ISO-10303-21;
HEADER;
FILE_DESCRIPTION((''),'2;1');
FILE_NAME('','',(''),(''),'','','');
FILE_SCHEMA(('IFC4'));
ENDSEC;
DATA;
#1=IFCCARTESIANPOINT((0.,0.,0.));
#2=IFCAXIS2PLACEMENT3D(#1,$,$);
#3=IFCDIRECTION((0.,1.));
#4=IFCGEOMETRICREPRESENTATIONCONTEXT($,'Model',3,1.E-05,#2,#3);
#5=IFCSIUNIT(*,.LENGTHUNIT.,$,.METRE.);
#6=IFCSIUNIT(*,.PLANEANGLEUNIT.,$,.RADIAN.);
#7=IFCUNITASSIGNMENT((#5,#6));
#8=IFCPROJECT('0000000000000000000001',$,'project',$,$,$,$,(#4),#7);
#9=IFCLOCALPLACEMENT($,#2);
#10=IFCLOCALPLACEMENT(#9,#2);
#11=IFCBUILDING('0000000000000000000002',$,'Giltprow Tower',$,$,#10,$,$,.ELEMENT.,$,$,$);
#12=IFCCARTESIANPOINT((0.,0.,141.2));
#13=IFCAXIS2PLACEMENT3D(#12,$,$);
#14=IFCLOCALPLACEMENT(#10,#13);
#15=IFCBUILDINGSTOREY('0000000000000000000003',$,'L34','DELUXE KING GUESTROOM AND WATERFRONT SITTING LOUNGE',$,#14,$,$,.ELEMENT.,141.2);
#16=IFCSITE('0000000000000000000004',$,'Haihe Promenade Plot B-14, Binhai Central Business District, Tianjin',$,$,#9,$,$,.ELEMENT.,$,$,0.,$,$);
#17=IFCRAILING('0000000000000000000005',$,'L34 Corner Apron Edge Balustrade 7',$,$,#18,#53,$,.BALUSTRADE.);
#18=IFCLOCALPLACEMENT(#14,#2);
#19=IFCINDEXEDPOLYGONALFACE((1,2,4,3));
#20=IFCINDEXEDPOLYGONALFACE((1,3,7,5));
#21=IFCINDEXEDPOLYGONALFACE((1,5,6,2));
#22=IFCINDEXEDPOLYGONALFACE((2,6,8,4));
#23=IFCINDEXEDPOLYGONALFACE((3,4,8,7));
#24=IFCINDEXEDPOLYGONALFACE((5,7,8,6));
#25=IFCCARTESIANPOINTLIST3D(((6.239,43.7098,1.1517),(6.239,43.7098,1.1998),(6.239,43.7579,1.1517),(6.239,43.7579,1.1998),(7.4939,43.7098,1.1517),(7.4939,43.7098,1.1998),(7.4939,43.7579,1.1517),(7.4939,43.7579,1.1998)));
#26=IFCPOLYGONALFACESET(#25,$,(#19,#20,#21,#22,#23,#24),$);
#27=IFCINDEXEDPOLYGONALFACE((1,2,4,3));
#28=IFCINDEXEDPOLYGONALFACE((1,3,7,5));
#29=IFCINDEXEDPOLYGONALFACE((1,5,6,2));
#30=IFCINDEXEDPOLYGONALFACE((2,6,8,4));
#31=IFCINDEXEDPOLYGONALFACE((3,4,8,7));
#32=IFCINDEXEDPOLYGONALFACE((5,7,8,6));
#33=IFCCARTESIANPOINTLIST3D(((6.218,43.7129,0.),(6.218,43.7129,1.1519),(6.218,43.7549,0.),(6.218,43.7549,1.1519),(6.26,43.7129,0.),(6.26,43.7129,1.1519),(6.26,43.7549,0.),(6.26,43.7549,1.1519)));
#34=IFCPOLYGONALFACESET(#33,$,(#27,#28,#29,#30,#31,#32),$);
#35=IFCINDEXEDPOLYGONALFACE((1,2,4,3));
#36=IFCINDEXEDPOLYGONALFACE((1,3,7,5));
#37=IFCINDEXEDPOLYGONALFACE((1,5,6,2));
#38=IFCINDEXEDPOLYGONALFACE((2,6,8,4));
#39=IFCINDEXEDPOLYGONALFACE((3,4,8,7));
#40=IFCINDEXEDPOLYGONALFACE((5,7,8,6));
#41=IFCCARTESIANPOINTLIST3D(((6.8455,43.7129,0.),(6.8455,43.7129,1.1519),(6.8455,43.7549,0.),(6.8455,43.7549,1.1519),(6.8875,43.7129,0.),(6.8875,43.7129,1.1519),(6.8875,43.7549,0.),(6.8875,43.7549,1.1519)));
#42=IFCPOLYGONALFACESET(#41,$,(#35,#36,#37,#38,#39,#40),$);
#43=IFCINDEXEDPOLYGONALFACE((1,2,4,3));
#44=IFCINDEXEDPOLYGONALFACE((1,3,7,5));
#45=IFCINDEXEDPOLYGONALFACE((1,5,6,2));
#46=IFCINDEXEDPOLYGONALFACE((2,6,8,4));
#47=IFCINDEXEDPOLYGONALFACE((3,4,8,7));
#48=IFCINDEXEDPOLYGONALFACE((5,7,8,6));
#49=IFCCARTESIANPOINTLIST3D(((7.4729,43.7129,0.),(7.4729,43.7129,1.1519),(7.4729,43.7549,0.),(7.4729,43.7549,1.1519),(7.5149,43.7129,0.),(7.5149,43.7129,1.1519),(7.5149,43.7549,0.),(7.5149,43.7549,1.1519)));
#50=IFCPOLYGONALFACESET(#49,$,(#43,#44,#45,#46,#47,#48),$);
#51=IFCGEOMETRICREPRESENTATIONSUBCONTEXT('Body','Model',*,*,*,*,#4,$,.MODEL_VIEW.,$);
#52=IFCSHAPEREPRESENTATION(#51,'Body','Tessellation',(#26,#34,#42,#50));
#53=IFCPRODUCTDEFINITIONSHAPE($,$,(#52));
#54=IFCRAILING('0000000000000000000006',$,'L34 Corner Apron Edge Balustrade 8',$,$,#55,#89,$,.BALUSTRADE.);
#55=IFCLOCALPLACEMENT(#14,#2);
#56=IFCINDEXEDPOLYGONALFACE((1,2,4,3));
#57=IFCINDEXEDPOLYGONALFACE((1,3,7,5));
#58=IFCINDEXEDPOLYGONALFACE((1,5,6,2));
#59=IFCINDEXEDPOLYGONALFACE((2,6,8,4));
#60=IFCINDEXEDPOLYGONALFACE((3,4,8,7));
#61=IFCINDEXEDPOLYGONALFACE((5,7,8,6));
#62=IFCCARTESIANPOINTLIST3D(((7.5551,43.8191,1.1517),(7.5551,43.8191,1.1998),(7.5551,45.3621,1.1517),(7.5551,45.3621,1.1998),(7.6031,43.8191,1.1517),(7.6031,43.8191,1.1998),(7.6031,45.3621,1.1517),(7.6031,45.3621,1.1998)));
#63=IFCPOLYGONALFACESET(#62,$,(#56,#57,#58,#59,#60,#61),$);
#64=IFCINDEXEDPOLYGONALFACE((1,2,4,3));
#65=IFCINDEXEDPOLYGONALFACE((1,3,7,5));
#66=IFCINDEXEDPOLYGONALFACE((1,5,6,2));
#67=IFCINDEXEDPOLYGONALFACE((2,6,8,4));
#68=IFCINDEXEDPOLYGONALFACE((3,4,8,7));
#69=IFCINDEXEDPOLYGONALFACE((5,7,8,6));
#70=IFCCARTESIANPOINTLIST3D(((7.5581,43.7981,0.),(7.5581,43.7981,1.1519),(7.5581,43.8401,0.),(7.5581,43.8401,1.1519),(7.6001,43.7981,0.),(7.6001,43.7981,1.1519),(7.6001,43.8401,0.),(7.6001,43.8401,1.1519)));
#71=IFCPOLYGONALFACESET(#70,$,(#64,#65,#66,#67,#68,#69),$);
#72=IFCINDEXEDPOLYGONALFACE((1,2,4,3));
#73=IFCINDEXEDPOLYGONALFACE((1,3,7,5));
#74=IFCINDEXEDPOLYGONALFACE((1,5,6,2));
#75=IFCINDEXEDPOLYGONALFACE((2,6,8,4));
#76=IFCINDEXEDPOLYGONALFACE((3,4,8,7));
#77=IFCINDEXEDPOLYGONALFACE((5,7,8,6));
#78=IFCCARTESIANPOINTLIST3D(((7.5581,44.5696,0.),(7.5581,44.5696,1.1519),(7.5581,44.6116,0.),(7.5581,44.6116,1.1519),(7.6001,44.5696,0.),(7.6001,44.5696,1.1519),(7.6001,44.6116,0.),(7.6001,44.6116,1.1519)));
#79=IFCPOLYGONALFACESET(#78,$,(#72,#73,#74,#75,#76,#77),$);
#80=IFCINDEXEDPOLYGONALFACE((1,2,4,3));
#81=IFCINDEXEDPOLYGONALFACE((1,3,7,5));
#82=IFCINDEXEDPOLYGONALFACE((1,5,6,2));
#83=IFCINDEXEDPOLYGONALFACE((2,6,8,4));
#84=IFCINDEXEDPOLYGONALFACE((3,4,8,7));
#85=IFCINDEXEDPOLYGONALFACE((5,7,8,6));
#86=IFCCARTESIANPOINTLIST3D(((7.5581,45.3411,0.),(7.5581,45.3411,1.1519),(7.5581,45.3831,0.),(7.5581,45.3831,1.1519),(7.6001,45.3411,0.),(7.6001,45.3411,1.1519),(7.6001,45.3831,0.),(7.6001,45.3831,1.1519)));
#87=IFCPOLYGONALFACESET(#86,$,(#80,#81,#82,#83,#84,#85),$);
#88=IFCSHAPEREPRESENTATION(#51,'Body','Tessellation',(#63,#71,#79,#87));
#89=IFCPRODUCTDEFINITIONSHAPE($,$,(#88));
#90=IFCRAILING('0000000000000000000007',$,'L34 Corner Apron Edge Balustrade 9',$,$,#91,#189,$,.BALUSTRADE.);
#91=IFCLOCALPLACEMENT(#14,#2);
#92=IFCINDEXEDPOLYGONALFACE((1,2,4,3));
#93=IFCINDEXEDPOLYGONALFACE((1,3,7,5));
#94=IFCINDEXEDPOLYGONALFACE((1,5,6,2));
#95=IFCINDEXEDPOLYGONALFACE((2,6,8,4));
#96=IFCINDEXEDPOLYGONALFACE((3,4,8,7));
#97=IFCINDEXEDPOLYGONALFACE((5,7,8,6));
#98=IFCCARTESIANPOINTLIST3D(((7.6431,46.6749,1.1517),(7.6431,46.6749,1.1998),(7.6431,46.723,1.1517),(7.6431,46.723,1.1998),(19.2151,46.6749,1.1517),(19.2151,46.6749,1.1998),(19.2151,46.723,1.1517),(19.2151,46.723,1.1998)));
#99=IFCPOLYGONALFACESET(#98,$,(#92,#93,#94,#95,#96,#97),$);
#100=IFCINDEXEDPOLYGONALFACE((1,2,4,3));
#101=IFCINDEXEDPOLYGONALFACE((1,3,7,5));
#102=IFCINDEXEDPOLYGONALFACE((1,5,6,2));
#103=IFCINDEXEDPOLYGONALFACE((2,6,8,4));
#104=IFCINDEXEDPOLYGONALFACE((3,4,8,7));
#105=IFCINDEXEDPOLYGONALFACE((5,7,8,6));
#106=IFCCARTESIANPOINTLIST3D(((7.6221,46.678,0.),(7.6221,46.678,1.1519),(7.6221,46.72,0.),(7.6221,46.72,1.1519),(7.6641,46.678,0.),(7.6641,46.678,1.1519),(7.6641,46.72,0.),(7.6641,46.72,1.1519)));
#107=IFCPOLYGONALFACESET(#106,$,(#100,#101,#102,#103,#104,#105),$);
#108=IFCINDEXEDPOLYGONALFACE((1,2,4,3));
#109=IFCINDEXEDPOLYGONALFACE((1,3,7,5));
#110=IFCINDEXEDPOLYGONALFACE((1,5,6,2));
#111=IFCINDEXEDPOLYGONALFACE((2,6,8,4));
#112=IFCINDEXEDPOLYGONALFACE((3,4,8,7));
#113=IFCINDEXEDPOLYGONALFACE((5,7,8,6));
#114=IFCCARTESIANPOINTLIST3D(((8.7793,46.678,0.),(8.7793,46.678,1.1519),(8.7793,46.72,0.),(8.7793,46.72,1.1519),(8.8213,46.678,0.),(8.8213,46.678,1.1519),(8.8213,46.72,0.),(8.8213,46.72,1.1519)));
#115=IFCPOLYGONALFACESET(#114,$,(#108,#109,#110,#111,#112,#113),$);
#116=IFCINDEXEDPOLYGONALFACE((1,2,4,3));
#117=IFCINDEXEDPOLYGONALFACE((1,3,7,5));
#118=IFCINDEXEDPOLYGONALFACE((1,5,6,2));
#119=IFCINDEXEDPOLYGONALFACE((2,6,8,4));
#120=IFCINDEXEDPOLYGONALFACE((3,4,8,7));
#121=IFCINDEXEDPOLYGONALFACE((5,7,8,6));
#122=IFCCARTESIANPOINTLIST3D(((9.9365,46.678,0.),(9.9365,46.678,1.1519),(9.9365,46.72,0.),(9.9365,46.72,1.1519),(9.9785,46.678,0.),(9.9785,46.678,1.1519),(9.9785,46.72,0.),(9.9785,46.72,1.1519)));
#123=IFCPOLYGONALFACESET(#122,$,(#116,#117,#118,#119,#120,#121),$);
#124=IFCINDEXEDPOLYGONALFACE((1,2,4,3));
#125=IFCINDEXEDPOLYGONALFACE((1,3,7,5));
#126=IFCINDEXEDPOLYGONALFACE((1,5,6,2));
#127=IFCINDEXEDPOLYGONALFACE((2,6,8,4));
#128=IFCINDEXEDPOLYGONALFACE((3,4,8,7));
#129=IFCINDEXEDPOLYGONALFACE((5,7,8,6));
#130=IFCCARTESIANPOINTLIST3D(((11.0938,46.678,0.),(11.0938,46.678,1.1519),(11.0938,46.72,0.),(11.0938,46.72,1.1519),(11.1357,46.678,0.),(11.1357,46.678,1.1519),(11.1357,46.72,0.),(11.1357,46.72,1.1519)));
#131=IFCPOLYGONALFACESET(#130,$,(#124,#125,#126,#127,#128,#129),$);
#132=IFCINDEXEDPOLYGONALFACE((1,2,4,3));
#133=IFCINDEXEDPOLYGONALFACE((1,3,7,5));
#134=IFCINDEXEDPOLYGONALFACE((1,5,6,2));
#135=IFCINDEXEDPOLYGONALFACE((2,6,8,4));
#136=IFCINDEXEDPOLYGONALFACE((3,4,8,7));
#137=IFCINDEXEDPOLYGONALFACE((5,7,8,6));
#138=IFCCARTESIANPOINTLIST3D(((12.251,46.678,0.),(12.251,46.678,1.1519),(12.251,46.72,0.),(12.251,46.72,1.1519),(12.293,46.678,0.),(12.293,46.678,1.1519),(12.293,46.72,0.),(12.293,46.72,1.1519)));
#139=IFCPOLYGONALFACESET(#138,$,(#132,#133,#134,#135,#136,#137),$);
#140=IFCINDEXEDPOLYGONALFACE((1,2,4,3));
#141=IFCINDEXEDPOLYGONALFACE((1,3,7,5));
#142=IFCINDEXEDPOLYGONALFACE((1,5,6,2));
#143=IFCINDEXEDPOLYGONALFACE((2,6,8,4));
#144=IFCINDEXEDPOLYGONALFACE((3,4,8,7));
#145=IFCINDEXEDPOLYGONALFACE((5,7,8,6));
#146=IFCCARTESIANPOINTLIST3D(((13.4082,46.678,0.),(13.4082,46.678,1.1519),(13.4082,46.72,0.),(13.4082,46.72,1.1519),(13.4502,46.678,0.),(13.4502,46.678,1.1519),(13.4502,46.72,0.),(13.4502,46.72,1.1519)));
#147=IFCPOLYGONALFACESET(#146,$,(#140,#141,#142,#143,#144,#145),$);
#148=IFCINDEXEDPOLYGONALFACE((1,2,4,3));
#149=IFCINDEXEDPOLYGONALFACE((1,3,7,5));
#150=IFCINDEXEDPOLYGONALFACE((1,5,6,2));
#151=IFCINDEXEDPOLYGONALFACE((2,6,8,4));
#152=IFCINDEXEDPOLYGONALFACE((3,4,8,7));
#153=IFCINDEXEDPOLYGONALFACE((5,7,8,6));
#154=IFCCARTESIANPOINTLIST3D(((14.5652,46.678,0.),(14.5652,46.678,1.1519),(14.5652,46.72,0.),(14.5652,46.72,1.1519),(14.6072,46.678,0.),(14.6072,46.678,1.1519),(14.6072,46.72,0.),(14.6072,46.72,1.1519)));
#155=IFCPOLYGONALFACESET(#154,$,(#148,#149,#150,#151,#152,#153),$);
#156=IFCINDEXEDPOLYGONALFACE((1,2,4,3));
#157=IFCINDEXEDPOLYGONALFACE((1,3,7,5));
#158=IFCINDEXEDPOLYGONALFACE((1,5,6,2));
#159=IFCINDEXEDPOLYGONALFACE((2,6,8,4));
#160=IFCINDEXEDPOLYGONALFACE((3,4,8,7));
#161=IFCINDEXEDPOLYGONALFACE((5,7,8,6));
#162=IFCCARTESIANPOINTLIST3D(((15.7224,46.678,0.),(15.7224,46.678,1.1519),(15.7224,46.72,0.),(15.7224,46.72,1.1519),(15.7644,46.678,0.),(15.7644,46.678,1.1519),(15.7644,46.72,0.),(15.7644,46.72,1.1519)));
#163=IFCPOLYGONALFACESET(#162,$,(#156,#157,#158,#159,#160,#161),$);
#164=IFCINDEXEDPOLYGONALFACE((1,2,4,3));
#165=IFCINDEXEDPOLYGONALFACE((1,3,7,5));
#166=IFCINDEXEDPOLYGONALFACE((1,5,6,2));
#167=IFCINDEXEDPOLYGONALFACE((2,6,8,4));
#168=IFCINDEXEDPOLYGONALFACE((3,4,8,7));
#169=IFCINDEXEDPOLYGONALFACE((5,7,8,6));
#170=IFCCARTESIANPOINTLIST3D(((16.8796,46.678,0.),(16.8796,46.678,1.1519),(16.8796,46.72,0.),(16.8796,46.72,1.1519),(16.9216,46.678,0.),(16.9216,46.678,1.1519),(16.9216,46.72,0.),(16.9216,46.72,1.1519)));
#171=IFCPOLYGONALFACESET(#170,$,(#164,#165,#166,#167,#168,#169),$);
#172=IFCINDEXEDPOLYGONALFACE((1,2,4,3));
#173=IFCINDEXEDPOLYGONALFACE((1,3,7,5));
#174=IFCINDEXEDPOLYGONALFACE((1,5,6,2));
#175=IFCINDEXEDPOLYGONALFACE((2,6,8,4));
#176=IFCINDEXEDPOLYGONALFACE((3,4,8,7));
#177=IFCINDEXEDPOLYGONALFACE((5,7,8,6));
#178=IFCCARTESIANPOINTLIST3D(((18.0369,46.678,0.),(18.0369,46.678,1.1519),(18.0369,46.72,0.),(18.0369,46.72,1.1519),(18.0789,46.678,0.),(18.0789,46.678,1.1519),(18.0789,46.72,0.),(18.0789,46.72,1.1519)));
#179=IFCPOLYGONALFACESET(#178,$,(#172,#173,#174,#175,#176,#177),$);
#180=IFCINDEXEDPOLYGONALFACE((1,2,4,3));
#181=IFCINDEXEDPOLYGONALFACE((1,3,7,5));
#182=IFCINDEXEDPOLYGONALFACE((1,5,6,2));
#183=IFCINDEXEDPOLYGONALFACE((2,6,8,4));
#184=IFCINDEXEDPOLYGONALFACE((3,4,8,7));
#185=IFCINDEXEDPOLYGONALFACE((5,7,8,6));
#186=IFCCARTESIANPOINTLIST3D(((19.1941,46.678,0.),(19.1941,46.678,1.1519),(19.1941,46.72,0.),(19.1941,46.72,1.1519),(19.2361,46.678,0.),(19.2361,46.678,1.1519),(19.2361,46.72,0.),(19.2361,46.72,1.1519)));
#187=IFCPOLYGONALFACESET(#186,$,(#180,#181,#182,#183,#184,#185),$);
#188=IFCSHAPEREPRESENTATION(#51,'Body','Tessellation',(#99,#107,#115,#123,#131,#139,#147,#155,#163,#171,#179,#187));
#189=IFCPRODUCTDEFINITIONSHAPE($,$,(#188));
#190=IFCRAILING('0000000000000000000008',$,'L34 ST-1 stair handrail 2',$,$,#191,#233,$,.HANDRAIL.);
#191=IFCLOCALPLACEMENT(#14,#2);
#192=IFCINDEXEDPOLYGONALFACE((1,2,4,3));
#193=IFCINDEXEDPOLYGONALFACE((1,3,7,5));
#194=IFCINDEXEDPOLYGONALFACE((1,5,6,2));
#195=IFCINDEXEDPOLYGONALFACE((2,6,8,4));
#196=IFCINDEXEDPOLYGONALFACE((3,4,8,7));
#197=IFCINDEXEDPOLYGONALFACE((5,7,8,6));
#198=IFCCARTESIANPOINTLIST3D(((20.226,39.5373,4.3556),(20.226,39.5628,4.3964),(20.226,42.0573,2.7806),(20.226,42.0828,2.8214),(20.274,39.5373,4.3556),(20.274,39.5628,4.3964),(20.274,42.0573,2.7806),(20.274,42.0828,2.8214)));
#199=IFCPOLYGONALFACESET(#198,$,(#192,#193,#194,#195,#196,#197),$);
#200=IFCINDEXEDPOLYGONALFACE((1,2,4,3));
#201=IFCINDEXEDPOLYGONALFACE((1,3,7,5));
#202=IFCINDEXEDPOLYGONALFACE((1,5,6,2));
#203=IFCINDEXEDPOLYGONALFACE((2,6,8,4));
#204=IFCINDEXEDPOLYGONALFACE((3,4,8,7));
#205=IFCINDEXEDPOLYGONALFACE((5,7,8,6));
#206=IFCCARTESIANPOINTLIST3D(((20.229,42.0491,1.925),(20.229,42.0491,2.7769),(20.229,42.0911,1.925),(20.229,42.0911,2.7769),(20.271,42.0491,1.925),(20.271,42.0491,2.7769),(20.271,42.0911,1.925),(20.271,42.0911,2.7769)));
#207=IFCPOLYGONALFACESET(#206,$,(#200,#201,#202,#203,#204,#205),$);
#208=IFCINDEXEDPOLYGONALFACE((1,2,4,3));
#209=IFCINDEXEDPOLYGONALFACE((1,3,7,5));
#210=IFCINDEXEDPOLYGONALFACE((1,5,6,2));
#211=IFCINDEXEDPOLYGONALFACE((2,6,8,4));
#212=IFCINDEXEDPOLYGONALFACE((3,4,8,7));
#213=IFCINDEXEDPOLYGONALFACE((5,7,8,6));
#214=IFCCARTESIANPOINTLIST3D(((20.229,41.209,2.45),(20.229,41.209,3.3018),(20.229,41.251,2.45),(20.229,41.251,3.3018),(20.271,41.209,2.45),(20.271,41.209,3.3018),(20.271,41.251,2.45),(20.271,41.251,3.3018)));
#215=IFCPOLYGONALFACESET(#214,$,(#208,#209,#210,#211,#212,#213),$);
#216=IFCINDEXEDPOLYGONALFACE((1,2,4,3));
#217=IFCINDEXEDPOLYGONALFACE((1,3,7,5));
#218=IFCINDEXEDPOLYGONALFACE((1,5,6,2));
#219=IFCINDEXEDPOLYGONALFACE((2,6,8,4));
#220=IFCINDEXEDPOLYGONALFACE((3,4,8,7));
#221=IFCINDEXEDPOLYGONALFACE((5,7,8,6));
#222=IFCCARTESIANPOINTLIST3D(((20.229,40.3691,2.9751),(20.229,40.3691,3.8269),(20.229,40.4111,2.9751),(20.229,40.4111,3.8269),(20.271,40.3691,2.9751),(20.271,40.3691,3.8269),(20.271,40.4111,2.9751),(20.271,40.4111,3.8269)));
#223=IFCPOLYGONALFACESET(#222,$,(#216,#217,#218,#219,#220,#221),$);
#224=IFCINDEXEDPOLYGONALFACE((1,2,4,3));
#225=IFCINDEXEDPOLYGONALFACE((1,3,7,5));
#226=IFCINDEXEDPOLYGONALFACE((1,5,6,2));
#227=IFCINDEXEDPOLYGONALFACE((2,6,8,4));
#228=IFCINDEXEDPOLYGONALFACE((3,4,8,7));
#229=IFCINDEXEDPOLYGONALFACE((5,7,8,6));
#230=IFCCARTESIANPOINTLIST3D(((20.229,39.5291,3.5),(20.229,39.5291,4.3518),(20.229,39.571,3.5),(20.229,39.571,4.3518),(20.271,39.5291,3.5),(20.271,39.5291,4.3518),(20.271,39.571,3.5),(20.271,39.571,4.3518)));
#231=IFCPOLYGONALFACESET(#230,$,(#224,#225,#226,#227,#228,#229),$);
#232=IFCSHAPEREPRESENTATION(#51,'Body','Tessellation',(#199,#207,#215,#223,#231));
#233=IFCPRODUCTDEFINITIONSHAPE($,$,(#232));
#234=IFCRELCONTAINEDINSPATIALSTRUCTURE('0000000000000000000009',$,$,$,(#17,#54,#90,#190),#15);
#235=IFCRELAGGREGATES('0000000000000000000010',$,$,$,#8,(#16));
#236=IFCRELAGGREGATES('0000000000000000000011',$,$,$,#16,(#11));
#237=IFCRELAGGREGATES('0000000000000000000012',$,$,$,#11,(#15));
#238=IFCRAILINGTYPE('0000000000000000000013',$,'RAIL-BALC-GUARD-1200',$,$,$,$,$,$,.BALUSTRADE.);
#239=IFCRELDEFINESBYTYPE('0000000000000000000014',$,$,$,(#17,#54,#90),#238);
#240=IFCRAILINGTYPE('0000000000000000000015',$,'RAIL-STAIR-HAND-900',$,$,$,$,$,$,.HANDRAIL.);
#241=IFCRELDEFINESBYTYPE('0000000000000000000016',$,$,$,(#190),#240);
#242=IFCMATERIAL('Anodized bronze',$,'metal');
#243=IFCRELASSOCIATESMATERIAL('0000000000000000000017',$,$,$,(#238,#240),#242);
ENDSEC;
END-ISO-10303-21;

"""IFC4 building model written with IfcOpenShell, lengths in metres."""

from ifc_helpers import new_model, si_unit, direction, frame, origin, origin_2d, place, context, subcontext, project, spatial, rectangle, extrude, material, type_object, element, save


model = new_model("IFC4")

# Units and contexts
model_context = context("Model", 3, precision=1e-05, world=origin(), true_north=direction((0.0, 1.0)))
body_context = subcontext(model_context, "Body", "Model", "MODEL_VIEW")
ifc_project = project(units=[si_unit("LENGTHUNIT", "METRE"), si_unit("PLANEANGLEUNIT", "RADIAN")], contexts=[model_context])

# Site, building, storey
site_placement = place(None, origin())
site = spatial("IfcSite", under=ifc_project, at=site_placement, Name="Haihe Promenade Plot B-14, Binhai Central Business District, Tianjin", CompositionType="ELEMENT", RefElevation=0.0)
building_placement = place(site_placement, origin())
building = spatial("IfcBuilding", under=site, at=building_placement, Name="Giltprow Tower", CompositionType="ELEMENT")
storey_placement = place(building_placement, frame((0.0, 0.0, 141.2)))
storey = spatial("IfcBuildingStorey", under=building, at=storey_placement, Name="L34", Description="DELUXE KING GUESTROOM AND WATERFRONT SITTING LOUNGE", CompositionType="ELEMENT", Elevation=141.2)

# Railings
ifc_material_1 = material(Name="Anodized bronze", Category="metal")
railing_type_1 = type_object("IfcRailingType", Name="RAIL-BALC-GUARD-1200", PredefinedType="BALUSTRADE", material=ifc_material_1)
railing_1_placement = place(storey_placement, frame((6.239, 43.7339, 0.0)))
element("IfcRailing", 1, at=railing_1_placement, inside=storey, type_object=railing_type_1, Name="L34 Corner Apron Edge Balustrade 7", PredefinedType="BALUSTRADE", context=body_context, shape_type="SweptSolid", body=[
    extrude(rectangle(XDim=0.0481, YDim=0.0481, at=origin_2d()), frame((0.0, 0.0, 1.1758), z_axis=(1.0, 0.0, 0.0), x_axis=(0.0, 1.0, 0.0)), (0.0, 0.0, 1.0), 1.2549),
    extrude(rectangle(XDim=0.042, YDim=0.042, at=origin_2d()), origin(), (0.0, 0.0, 1.0), 1.1519),
    extrude(rectangle(XDim=0.042, YDim=0.042, at=origin_2d()), frame((0.6274, 0.0, 0.0)), (0.0, 0.0, 1.0), 1.1519),
    extrude(rectangle(XDim=0.042, YDim=0.042, at=origin_2d()), frame((1.2549, 0.0, 0.0)), (0.0, 0.0, 1.0), 1.1519),
])
railing_2_placement = place(storey_placement, frame((7.5791, 43.8191, 0.0)))
element("IfcRailing", 2, at=railing_2_placement, inside=storey, type_object=railing_type_1, Name="L34 Corner Apron Edge Balustrade 8", PredefinedType="BALUSTRADE", context=body_context, shape_type="SweptSolid", body=[
    extrude(rectangle(XDim=0.0481, YDim=0.0481, at=origin_2d()), frame((0.0, 0.0, 1.1758), z_axis=(0.0, 1.0, 0.0), x_axis=(-1.0, 0.0, 0.0)), (0.0, 0.0, 1.0), 1.543),
    extrude(rectangle(XDim=0.042, YDim=0.042, at=origin_2d()), origin(), (0.0, 0.0, 1.0), 1.1519),
    extrude(rectangle(XDim=0.042, YDim=0.042, at=origin_2d()), frame((0.0, 0.7715, 0.0)), (0.0, 0.0, 1.0), 1.1519),
    extrude(rectangle(XDim=0.042, YDim=0.042, at=origin_2d()), frame((0.0, 1.543, 0.0)), (0.0, 0.0, 1.0), 1.1519),
])
railing_3_placement = place(storey_placement, frame((7.6431, 46.699, 0.0)))
element("IfcRailing", 3, at=railing_3_placement, inside=storey, type_object=railing_type_1, Name="L34 Corner Apron Edge Balustrade 9", PredefinedType="BALUSTRADE", context=body_context, shape_type="SweptSolid", body=[
    extrude(rectangle(XDim=0.0481, YDim=0.0481, at=origin_2d()), frame((0.0, 0.0, 1.1758), z_axis=(1.0, 0.0, 0.0), x_axis=(0.0, 1.0, 0.0)), (0.0, 0.0, 1.0), 11.572),
    extrude(rectangle(XDim=0.042, YDim=0.042, at=origin_2d()), origin(), (0.0, 0.0, 1.0), 1.1519),
    extrude(rectangle(XDim=0.042, YDim=0.042, at=origin_2d()), frame((1.1572, 0.0, 0.0)), (0.0, 0.0, 1.0), 1.1519),
    extrude(rectangle(XDim=0.042, YDim=0.042, at=origin_2d()), frame((2.3145, 0.0, 0.0)), (0.0, 0.0, 1.0), 1.1519),
    extrude(rectangle(XDim=0.042, YDim=0.042, at=origin_2d()), frame((3.4717, 0.0, 0.0)), (0.0, 0.0, 1.0), 1.1519),
    extrude(rectangle(XDim=0.042, YDim=0.042, at=origin_2d()), frame((4.6289, 0.0, 0.0)), (0.0, 0.0, 1.0), 1.1519),
    extrude(rectangle(XDim=0.042, YDim=0.042, at=origin_2d()), frame((5.7861, 0.0, 0.0)), (0.0, 0.0, 1.0), 1.1519),
    extrude(rectangle(XDim=0.042, YDim=0.042, at=origin_2d()), frame((6.9431, 0.0, 0.0)), (0.0, 0.0, 1.0), 1.1519),
    extrude(rectangle(XDim=0.042, YDim=0.042, at=origin_2d()), frame((8.1003, 0.0, 0.0)), (0.0, 0.0, 1.0), 1.1519),
    extrude(rectangle(XDim=0.042, YDim=0.042, at=origin_2d()), frame((9.2576, 0.0, 0.0)), (0.0, 0.0, 1.0), 1.1519),
    extrude(rectangle(XDim=0.042, YDim=0.042, at=origin_2d()), frame((10.4148, 0.0, 0.0)), (0.0, 0.0, 1.0), 1.1519),
    extrude(rectangle(XDim=0.042, YDim=0.042, at=origin_2d()), frame((11.572, 0.0, 0.0)), (0.0, 0.0, 1.0), 1.1519),
])
railing_type_2 = type_object("IfcRailingType", Name="RAIL-STAIR-HAND-900", PredefinedType="HANDRAIL", material=ifc_material_1)
railing_4_placement = place(storey_placement, frame((20.25, 42.0701, 1.925)))
element("IfcRailing", 4, at=railing_4_placement, inside=storey, type_object=railing_type_2, Name="L34 ST-1 stair handrail 2", PredefinedType="HANDRAIL", context=body_context, shape_type="SweptSolid", body=[
    extrude(rectangle(XDim=0.0481, YDim=0.0481, at=origin_2d()), frame((0.0, 0.0, 0.876), z_axis=(0.0, -0.848008, 0.529984), x_axis=(1.0, 0.0, 0.0)), (0.0, 0.0, 1.0), 2.9717),
    extrude(rectangle(XDim=0.042, YDim=0.042, at=origin_2d()), origin(), (0.0, 0.0, 1.0), 0.8518),
    extrude(rectangle(XDim=0.042, YDim=0.042, at=origin_2d()), frame((0.0, -0.8401, 0.5249)), (0.0, 0.0, 1.0), 0.8518),
    extrude(rectangle(XDim=0.042, YDim=0.042, at=origin_2d()), frame((0.0, -1.6799, 1.05)), (0.0, 0.0, 1.0), 0.8518),
    extrude(rectangle(XDim=0.042, YDim=0.042, at=origin_2d()), frame((0.0, -2.52, 1.575)), (0.0, 0.0, 1.0), 0.8518),
])

save(model, "model.ifc")
